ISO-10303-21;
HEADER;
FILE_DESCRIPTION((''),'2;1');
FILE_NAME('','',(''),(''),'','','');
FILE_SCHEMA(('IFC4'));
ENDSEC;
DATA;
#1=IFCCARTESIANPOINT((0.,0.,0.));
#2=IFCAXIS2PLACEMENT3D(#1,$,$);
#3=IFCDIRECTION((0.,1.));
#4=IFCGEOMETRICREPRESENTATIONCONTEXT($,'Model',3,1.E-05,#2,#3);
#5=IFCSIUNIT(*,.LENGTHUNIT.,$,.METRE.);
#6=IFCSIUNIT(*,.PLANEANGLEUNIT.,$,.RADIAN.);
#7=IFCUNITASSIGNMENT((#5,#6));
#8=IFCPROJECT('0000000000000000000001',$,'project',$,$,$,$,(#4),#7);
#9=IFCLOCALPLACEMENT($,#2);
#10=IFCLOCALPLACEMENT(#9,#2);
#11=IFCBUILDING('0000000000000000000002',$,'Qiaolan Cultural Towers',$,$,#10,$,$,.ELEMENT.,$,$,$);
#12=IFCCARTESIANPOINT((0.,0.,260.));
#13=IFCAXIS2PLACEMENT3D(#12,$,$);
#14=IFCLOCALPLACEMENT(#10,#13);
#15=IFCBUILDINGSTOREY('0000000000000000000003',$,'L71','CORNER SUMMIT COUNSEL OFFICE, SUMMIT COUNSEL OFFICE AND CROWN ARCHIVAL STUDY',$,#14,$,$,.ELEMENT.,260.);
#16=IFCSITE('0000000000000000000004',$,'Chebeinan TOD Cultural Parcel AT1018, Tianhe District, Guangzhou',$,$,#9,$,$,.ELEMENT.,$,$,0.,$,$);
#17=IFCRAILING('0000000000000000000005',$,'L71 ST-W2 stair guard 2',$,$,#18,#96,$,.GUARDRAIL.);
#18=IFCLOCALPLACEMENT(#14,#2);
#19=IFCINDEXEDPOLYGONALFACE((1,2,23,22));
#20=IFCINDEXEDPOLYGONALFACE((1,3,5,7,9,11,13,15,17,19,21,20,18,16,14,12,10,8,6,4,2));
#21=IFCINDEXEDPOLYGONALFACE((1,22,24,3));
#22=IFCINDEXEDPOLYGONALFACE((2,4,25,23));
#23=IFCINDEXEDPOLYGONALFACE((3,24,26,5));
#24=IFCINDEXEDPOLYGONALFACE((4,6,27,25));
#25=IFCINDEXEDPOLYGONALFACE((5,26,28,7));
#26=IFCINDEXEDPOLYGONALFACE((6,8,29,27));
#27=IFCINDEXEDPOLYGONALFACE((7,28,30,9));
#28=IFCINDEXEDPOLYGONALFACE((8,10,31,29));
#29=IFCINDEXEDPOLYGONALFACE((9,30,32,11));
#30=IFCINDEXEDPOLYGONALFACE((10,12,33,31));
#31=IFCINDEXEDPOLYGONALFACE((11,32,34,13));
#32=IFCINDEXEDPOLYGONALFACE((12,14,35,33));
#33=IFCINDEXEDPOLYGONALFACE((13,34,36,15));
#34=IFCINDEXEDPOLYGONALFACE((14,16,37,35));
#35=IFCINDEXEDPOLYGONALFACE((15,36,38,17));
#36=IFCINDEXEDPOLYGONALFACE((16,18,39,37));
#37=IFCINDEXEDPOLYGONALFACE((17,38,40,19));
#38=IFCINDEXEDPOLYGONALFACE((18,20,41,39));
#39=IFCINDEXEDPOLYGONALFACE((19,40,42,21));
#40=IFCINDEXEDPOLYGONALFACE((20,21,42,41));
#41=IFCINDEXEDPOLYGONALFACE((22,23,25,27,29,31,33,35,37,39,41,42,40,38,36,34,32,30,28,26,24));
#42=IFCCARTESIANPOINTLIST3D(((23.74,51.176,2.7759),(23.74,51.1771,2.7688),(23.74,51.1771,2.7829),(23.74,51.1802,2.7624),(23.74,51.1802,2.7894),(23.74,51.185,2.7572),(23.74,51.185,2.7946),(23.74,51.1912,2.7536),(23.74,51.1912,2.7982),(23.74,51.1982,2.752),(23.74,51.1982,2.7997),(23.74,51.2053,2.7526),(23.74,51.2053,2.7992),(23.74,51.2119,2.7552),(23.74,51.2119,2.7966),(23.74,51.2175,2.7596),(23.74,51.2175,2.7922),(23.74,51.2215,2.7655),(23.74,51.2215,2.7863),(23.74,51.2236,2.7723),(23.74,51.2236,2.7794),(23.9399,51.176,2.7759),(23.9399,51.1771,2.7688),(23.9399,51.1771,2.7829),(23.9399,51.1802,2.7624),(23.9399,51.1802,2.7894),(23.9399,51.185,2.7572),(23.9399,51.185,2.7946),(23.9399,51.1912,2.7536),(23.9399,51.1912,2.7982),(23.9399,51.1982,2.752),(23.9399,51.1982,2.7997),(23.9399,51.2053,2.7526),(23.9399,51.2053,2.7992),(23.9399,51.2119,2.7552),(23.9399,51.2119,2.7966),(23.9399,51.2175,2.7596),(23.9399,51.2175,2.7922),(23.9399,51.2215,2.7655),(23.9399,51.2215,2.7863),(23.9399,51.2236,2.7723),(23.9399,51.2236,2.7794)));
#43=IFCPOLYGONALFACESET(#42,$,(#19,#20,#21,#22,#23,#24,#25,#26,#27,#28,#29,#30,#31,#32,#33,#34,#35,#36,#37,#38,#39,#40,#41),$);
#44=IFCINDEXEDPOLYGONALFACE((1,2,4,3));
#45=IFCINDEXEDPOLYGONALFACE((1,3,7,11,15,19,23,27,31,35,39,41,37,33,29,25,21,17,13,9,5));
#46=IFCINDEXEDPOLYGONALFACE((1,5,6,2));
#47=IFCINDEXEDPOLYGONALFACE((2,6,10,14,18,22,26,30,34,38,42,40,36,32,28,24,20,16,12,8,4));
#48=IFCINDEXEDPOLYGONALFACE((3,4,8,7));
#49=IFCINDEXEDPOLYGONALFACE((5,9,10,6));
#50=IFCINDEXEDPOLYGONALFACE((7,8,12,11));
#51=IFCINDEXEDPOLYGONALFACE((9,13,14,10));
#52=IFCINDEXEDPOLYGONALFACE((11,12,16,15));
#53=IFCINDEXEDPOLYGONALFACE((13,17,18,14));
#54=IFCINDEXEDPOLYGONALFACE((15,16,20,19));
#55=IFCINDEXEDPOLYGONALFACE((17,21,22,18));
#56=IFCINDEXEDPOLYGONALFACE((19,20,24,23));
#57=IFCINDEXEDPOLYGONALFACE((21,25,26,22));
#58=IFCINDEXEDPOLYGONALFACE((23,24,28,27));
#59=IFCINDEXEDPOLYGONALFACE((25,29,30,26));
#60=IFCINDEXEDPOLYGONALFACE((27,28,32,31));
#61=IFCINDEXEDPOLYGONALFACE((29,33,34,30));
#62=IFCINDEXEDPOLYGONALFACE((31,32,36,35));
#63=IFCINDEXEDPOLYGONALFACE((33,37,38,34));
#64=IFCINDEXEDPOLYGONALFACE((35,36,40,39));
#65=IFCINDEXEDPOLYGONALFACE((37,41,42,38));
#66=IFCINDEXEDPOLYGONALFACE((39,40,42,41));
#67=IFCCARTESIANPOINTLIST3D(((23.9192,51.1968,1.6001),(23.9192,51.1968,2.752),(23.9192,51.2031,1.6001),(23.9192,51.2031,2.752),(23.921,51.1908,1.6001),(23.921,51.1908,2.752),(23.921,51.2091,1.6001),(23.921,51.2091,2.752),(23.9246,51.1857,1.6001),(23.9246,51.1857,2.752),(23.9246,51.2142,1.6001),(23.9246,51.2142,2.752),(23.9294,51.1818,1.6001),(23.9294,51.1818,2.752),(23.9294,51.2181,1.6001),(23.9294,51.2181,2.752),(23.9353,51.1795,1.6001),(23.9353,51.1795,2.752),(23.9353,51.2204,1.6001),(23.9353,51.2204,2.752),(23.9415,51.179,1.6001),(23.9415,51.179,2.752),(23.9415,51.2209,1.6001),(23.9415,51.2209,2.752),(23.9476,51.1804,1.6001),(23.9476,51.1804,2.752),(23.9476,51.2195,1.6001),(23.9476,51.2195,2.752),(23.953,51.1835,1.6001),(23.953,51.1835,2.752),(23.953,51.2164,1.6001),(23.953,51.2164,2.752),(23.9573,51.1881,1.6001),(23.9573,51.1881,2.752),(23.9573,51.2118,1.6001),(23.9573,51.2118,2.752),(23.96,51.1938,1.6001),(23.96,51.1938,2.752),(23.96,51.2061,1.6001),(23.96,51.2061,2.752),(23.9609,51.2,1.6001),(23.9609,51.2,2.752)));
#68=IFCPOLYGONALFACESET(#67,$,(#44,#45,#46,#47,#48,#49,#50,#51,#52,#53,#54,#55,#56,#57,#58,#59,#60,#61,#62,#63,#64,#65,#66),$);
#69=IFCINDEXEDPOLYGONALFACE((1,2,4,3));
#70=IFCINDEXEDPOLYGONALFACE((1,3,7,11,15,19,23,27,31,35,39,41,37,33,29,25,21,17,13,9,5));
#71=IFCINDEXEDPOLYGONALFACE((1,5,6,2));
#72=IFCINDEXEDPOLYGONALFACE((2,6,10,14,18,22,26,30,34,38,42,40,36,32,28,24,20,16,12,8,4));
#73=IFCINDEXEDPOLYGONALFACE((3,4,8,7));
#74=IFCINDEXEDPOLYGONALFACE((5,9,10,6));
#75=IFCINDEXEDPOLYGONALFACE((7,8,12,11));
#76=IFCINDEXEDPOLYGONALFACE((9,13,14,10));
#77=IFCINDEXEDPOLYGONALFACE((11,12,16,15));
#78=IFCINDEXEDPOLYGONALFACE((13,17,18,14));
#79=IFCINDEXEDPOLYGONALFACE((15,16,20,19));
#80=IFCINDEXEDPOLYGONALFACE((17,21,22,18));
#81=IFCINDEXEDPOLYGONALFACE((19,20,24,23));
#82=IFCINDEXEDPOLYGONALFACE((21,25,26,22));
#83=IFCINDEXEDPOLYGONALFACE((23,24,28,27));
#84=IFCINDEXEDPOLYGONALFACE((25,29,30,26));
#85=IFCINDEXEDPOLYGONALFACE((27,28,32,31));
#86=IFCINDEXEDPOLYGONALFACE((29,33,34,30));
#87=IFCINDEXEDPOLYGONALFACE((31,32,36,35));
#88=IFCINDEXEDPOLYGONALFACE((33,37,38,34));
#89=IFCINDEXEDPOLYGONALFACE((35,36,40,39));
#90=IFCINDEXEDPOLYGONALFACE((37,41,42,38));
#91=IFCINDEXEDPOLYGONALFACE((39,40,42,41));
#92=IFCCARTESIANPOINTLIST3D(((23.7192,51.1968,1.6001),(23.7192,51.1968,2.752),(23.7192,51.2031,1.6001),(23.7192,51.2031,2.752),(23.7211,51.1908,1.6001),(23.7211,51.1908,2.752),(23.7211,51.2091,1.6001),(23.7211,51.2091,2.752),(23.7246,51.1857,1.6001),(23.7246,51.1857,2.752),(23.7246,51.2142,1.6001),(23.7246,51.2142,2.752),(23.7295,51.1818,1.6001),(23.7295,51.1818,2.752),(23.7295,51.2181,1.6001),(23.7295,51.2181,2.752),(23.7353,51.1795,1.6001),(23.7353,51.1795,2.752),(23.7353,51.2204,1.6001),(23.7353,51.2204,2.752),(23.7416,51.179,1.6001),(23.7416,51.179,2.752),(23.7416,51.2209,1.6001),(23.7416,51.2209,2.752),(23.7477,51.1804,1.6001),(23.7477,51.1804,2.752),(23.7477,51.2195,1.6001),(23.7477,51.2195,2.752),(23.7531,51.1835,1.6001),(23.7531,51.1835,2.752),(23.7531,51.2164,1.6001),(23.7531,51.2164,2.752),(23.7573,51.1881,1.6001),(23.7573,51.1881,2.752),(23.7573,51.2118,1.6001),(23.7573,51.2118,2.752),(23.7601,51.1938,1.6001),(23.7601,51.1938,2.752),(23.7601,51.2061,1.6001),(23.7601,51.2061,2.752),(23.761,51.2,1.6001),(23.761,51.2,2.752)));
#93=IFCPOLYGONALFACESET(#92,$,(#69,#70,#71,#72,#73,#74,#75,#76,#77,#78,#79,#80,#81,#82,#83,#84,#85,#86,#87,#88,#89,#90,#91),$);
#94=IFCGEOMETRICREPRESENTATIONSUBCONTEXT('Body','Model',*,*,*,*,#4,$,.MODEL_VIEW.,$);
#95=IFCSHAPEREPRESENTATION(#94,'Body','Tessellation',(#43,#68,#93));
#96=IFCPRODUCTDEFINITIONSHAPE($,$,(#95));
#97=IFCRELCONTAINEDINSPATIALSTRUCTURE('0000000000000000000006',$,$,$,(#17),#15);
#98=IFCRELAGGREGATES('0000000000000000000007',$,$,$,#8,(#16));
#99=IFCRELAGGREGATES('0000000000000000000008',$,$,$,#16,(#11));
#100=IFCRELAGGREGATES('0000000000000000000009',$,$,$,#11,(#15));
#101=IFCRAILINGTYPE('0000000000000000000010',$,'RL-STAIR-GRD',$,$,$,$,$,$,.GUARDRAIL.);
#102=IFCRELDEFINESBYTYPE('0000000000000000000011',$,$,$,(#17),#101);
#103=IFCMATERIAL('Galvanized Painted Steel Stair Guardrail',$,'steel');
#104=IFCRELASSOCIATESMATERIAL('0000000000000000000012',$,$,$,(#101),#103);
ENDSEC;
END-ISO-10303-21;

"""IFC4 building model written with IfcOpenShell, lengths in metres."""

from ifc_helpers import new_model, si_unit, direction, frame, origin, origin_2d, place, context, subcontext, project, spatial, circle, extrude, material, type_object, element, save


model = new_model("IFC4")

# Units and contexts
model_context = context("Model", 3, precision=1e-05, world=origin(), true_north=direction((0.0, 1.0)))
body_context = subcontext(model_context, "Body", "Model", "MODEL_VIEW")
ifc_project = project(units=[si_unit("LENGTHUNIT", "METRE"), si_unit("PLANEANGLEUNIT", "RADIAN")], contexts=[model_context])

# Site, building, storey
site_placement = place(None, origin())
site = spatial("IfcSite", under=ifc_project, at=site_placement, Name="Chebeinan TOD Cultural Parcel AT1018, Tianhe District, Guangzhou", CompositionType="ELEMENT", RefElevation=0.0)
building_placement = place(site_placement, origin())
building = spatial("IfcBuilding", under=site, at=building_placement, Name="Qiaolan Cultural Towers", CompositionType="ELEMENT")
storey_placement = place(building_placement, frame((0.0, 0.0, 260.0)))
storey = spatial("IfcBuildingStorey", under=building, at=storey_placement, Name="L71", Description="CORNER SUMMIT COUNSEL OFFICE, SUMMIT COUNSEL OFFICE AND CROWN ARCHIVAL STUDY", CompositionType="ELEMENT", Elevation=260.0)

# Railing
ifc_material_1 = material(Name="Galvanized Painted Steel Stair Guardrail", Category="steel")
railing_type_1 = type_object("IfcRailingType", Name="RL-STAIR-GRD", PredefinedType="GUARDRAIL", material=ifc_material_1)
railing_1_placement = place(storey_placement, frame((23.9399, 51.2, 1.6001)))
element("IfcRailing", 1, at=railing_1_placement, inside=storey, type_object=railing_type_1, Name="L71 ST-W2 stair guard 2", PredefinedType="GUARDRAIL", context=body_context, shape_type="SweptSolid", body=[
    extrude(circle(Radius=0.0239, at=origin_2d()), frame((0.0, 0.0, 1.1758), z_axis=(-1.0, 0.0, 0.0), x_axis=(0.0, -1.0, 0.0)), (0.0, 0.0, 1.0), 0.2),
    extrude(circle(Radius=0.021, at=origin_2d()), origin(), (0.0, 0.0, 1.0), 1.1519),
    extrude(circle(Radius=0.021, at=origin_2d()), frame((-0.2, 0.0, 0.0)), (0.0, 0.0, 1.0), 1.1519),
])

save(model, "model.ifc")
